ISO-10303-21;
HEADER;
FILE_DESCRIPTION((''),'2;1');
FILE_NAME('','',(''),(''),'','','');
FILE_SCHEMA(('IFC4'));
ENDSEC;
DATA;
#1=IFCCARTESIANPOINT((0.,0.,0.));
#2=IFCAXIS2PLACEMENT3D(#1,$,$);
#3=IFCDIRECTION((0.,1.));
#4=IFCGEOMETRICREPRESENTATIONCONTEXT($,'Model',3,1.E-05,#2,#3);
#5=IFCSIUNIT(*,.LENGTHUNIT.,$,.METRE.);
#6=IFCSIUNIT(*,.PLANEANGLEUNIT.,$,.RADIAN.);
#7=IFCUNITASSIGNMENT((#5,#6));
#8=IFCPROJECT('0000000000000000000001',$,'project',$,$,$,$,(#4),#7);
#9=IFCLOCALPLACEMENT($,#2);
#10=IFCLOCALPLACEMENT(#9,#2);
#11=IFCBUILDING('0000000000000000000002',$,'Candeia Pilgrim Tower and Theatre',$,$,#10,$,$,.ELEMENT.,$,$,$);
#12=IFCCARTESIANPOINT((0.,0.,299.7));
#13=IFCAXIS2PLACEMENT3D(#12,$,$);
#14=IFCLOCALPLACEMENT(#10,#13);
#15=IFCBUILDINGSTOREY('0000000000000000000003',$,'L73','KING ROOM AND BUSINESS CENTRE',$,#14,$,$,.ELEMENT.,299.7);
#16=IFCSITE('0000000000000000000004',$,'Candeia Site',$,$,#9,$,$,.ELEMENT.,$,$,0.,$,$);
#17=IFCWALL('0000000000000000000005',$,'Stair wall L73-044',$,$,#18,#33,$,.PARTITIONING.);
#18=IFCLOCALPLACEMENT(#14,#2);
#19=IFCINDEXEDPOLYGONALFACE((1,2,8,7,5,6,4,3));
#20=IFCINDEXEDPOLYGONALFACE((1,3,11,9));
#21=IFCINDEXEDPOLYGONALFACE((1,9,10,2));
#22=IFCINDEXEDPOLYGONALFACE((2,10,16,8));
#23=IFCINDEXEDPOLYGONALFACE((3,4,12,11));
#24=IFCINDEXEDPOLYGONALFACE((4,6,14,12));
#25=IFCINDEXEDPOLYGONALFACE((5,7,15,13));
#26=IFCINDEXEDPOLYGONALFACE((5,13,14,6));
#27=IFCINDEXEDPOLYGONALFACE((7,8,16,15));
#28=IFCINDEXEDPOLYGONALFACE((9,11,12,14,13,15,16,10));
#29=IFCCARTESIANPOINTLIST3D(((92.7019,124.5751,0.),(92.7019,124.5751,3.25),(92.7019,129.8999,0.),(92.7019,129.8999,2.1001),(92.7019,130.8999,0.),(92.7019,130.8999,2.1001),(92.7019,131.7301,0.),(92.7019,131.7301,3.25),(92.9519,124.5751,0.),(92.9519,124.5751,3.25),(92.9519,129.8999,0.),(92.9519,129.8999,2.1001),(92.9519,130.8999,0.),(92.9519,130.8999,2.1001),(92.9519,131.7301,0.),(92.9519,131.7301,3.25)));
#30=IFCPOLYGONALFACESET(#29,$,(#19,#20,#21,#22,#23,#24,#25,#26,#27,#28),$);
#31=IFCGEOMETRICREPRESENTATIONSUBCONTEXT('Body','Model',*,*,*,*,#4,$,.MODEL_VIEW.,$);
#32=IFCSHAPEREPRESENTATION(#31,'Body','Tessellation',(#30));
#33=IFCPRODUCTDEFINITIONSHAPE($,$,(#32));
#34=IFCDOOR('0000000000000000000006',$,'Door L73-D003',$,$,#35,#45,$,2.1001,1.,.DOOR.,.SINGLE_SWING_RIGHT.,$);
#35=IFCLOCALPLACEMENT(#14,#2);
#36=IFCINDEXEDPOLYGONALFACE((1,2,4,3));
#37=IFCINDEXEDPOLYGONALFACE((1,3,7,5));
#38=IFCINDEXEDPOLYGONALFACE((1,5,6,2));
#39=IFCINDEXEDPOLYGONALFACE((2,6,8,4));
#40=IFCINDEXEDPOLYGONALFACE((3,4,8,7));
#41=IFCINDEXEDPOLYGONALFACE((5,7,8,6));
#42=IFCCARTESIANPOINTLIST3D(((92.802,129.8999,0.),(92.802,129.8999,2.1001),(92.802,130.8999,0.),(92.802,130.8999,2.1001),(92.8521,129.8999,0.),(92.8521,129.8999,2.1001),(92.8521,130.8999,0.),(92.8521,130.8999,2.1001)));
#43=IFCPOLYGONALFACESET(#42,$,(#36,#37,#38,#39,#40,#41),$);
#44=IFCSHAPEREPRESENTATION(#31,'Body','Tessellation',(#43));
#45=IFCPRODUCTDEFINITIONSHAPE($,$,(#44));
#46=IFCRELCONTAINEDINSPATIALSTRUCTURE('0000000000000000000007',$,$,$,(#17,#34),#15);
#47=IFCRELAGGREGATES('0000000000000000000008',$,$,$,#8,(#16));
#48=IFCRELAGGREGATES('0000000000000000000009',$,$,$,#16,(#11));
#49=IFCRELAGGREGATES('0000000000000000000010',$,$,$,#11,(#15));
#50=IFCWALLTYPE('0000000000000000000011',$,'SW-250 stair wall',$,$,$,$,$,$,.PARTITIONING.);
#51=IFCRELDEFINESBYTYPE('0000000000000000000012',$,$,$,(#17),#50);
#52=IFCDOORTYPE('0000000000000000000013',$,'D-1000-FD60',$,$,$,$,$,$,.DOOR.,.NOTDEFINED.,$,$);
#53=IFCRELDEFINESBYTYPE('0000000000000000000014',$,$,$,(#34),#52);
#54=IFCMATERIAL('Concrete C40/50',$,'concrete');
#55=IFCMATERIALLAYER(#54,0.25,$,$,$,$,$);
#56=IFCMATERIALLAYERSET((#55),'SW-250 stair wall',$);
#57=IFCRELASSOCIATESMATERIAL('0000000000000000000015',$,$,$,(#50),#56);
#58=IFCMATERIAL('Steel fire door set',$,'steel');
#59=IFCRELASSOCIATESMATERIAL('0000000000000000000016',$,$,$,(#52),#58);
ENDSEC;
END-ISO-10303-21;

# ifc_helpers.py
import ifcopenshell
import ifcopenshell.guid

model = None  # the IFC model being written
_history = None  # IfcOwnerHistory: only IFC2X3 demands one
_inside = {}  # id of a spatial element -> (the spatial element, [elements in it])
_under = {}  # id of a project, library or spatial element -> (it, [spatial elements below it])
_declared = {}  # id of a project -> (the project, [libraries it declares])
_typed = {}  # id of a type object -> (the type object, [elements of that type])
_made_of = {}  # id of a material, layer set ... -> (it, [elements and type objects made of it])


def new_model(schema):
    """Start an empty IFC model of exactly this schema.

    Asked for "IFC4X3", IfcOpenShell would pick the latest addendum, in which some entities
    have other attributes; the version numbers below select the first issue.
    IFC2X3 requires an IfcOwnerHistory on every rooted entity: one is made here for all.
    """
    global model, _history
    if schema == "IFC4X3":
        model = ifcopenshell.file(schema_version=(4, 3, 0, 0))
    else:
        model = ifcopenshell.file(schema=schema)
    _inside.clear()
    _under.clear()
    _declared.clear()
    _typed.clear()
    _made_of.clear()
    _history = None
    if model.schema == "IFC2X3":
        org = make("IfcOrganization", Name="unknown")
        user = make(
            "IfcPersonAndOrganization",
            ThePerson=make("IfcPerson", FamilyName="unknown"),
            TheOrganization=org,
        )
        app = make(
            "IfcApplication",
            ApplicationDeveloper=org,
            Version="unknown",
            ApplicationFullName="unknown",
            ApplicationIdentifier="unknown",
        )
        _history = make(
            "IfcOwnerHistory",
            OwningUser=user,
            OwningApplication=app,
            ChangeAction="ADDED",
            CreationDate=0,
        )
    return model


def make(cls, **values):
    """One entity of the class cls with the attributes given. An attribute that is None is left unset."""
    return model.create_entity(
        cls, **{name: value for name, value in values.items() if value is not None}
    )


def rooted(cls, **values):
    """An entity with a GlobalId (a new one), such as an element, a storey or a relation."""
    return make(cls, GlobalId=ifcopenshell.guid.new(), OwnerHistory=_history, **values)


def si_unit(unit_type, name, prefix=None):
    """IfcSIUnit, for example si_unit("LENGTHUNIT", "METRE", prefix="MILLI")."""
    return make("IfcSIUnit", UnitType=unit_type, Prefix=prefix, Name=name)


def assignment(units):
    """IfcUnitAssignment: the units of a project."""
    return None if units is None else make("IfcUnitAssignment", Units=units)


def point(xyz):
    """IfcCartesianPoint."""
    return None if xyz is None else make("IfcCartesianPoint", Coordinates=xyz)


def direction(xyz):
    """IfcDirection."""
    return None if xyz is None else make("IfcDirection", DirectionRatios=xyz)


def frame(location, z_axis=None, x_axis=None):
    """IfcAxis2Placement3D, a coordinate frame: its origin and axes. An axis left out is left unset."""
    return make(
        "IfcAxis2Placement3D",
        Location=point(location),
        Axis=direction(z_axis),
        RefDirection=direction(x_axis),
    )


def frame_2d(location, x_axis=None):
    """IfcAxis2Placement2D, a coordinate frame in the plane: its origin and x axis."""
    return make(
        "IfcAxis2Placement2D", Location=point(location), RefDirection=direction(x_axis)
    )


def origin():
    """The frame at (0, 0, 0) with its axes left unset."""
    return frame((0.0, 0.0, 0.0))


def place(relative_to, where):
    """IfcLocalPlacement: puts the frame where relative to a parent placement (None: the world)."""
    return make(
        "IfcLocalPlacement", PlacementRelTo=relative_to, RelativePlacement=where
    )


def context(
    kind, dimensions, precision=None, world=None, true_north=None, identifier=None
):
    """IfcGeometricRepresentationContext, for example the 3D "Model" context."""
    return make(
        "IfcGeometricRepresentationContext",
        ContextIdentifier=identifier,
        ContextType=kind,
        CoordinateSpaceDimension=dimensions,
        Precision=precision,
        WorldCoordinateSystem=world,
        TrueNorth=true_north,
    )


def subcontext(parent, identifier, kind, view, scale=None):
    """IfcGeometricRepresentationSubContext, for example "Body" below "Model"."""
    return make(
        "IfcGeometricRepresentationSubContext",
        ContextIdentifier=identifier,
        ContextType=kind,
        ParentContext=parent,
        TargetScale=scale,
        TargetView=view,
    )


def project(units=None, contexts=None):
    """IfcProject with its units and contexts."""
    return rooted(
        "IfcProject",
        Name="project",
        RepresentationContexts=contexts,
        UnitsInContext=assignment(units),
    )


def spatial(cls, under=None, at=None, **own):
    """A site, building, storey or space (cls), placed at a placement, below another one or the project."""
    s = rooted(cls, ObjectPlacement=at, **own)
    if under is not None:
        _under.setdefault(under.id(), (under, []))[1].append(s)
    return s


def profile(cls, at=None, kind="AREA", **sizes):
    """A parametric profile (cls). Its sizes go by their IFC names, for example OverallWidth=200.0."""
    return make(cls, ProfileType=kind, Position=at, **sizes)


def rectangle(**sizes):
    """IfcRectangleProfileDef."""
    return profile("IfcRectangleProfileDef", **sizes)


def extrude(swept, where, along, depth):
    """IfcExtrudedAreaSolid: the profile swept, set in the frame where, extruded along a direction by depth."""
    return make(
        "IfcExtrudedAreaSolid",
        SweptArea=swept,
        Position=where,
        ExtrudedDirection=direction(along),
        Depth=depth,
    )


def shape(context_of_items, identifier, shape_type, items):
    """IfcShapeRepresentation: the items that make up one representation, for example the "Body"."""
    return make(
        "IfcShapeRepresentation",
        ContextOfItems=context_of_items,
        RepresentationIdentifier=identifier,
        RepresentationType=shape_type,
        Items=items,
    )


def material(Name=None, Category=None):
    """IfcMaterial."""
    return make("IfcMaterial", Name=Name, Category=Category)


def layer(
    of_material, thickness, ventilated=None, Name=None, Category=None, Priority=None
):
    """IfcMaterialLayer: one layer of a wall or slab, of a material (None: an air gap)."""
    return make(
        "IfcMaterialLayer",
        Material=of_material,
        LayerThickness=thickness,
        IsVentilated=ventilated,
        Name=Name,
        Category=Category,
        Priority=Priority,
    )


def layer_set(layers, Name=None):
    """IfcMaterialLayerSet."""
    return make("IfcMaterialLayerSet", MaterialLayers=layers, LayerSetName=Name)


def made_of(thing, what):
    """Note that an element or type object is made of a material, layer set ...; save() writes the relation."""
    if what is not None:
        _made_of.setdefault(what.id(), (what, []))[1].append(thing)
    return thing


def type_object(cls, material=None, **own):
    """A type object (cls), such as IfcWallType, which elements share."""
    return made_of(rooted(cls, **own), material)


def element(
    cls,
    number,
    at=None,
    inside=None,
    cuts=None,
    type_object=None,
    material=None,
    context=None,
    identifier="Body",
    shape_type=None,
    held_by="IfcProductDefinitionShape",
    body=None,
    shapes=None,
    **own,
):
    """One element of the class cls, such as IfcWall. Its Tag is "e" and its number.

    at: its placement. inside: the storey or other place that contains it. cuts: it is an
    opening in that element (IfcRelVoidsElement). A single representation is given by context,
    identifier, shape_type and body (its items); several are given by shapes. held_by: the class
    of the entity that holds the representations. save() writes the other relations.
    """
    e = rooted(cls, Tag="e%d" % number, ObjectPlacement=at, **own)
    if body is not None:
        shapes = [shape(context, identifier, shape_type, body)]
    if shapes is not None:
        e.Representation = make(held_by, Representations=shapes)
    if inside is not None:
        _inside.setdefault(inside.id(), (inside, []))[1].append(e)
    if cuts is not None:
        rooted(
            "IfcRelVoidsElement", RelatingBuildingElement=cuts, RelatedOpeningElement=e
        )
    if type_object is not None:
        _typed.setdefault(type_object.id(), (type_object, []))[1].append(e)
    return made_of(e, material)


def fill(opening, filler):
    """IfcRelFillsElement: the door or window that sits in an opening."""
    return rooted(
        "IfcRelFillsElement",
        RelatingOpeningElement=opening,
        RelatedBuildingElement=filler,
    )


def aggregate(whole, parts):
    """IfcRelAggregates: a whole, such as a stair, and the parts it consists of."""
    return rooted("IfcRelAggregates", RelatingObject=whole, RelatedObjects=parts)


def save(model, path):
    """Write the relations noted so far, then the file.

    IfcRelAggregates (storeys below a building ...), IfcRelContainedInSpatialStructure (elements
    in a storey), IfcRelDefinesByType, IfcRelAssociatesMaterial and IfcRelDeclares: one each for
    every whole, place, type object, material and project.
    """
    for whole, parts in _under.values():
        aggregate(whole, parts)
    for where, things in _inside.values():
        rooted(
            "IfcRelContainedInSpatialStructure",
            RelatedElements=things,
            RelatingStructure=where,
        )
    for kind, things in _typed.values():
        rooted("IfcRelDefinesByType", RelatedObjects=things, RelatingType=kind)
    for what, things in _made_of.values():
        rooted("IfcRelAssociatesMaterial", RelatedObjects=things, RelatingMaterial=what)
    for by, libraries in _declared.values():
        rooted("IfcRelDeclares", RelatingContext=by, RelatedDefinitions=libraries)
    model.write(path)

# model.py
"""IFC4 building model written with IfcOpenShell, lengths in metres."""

from ifc_helpers import new_model, si_unit, direction, frame, frame_2d, origin, place, context, subcontext, project, spatial, rectangle, extrude, material, layer, layer_set, type_object, element, fill, save


model = new_model("IFC4")

# Units and contexts
model_context = context("Model", 3, precision=1e-05, world=origin(), true_north=direction((0.0, 1.0)))
body_context = subcontext(model_context, "Body", "Model", "MODEL_VIEW")
ifc_project = project(units=[si_unit("LENGTHUNIT", "METRE"), si_unit("PLANEANGLEUNIT", "RADIAN")], contexts=[model_context])

# Site, building, storey
site_placement = place(None, origin())
site = spatial("IfcSite", under=ifc_project, at=site_placement, Name="Candeia Site", CompositionType="ELEMENT", RefElevation=0.0)
building_placement = place(site_placement, origin())
building = spatial("IfcBuilding", under=site, at=building_placement, Name="Candeia Pilgrim Tower and Theatre", CompositionType="ELEMENT")
storey_placement = place(building_placement, frame((0.0, 0.0, 299.7)))
storey = spatial("IfcBuildingStorey", under=building, at=storey_placement, Name="L73", Description="KING ROOM AND BUSINESS CENTRE", CompositionType="ELEMENT", Elevation=299.7)

# Shared definitions
ifc_material_1 = material(Name="Steel fire door set", Category="steel")

# Shared definitions
ifc_material_2 = material(Name="Concrete C40/50", Category="concrete")

# Wall, opening, door
ifc_layer_1 = layer(ifc_material_2, 0.25)
ifc_layer_set_1 = layer_set([ifc_layer_1], Name="SW-250 stair wall")
wall_type_1 = type_object("IfcWallType", Name="SW-250 stair wall", PredefinedType="PARTITIONING", material=ifc_layer_set_1)
wall_1_placement = place(storey_placement, frame((92.8269, 124.575, 0.0), z_axis=(0.0, 0.0, 1.0), x_axis=(0.0, 1.0, 0.0)))
wall_1 = element("IfcWall", 1, at=wall_1_placement, inside=storey, type_object=wall_type_1, Name="Stair wall L73-044", PredefinedType="PARTITIONING", context=body_context, shape_type="SweptSolid", body=[
    extrude(rectangle(XDim=7.155, YDim=0.25, at=frame_2d((3.5776, 0.0))), origin(), (0.0, 0.0, 1.0), 3.25),
])
opening_1_placement = place(wall_1_placement, frame((5.325, 0.0, 0.0)))
opening_1 = element("IfcOpeningElement", 2, at=opening_1_placement, cuts=wall_1, PredefinedType="OPENING", context=body_context, shape_type="SweptSolid", body=[
    extrude(rectangle(XDim=1.0, YDim=2.1001, at=frame_2d((0.5, 1.05))), frame((0.0, 0.135, 0.0), z_axis=(0.0, -1.0, 0.0), x_axis=(1.0, 0.0, 0.0)), (0.0, 0.0, 1.0), 0.27),
])
door_type_1 = type_object("IfcDoorType", Name="D-1000-FD60", OperationType="NOTDEFINED", PredefinedType="DOOR", material=ifc_material_1)
door_1_placement = place(opening_1_placement, origin())
door_1 = element("IfcDoor", 3, at=door_1_placement, inside=storey, type_object=door_type_1, Name="Door L73-D003", OperationType="SINGLE_SWING_RIGHT", OverallHeight=2.1001, OverallWidth=1.0, PredefinedType="DOOR", context=body_context, shape_type="SweptSolid", body=[
    extrude(rectangle(XDim=1.0, YDim=2.1001, at=frame_2d((0.5, 1.05))), frame((0.0, 0.0249, 0.0), z_axis=(0.0, -1.0, 0.0), x_axis=(1.0, 0.0, 0.0)), (0.0, 0.0, 1.0), 0.05),
])
fill(opening_1, door_1)

save(model, "model.ifc")
